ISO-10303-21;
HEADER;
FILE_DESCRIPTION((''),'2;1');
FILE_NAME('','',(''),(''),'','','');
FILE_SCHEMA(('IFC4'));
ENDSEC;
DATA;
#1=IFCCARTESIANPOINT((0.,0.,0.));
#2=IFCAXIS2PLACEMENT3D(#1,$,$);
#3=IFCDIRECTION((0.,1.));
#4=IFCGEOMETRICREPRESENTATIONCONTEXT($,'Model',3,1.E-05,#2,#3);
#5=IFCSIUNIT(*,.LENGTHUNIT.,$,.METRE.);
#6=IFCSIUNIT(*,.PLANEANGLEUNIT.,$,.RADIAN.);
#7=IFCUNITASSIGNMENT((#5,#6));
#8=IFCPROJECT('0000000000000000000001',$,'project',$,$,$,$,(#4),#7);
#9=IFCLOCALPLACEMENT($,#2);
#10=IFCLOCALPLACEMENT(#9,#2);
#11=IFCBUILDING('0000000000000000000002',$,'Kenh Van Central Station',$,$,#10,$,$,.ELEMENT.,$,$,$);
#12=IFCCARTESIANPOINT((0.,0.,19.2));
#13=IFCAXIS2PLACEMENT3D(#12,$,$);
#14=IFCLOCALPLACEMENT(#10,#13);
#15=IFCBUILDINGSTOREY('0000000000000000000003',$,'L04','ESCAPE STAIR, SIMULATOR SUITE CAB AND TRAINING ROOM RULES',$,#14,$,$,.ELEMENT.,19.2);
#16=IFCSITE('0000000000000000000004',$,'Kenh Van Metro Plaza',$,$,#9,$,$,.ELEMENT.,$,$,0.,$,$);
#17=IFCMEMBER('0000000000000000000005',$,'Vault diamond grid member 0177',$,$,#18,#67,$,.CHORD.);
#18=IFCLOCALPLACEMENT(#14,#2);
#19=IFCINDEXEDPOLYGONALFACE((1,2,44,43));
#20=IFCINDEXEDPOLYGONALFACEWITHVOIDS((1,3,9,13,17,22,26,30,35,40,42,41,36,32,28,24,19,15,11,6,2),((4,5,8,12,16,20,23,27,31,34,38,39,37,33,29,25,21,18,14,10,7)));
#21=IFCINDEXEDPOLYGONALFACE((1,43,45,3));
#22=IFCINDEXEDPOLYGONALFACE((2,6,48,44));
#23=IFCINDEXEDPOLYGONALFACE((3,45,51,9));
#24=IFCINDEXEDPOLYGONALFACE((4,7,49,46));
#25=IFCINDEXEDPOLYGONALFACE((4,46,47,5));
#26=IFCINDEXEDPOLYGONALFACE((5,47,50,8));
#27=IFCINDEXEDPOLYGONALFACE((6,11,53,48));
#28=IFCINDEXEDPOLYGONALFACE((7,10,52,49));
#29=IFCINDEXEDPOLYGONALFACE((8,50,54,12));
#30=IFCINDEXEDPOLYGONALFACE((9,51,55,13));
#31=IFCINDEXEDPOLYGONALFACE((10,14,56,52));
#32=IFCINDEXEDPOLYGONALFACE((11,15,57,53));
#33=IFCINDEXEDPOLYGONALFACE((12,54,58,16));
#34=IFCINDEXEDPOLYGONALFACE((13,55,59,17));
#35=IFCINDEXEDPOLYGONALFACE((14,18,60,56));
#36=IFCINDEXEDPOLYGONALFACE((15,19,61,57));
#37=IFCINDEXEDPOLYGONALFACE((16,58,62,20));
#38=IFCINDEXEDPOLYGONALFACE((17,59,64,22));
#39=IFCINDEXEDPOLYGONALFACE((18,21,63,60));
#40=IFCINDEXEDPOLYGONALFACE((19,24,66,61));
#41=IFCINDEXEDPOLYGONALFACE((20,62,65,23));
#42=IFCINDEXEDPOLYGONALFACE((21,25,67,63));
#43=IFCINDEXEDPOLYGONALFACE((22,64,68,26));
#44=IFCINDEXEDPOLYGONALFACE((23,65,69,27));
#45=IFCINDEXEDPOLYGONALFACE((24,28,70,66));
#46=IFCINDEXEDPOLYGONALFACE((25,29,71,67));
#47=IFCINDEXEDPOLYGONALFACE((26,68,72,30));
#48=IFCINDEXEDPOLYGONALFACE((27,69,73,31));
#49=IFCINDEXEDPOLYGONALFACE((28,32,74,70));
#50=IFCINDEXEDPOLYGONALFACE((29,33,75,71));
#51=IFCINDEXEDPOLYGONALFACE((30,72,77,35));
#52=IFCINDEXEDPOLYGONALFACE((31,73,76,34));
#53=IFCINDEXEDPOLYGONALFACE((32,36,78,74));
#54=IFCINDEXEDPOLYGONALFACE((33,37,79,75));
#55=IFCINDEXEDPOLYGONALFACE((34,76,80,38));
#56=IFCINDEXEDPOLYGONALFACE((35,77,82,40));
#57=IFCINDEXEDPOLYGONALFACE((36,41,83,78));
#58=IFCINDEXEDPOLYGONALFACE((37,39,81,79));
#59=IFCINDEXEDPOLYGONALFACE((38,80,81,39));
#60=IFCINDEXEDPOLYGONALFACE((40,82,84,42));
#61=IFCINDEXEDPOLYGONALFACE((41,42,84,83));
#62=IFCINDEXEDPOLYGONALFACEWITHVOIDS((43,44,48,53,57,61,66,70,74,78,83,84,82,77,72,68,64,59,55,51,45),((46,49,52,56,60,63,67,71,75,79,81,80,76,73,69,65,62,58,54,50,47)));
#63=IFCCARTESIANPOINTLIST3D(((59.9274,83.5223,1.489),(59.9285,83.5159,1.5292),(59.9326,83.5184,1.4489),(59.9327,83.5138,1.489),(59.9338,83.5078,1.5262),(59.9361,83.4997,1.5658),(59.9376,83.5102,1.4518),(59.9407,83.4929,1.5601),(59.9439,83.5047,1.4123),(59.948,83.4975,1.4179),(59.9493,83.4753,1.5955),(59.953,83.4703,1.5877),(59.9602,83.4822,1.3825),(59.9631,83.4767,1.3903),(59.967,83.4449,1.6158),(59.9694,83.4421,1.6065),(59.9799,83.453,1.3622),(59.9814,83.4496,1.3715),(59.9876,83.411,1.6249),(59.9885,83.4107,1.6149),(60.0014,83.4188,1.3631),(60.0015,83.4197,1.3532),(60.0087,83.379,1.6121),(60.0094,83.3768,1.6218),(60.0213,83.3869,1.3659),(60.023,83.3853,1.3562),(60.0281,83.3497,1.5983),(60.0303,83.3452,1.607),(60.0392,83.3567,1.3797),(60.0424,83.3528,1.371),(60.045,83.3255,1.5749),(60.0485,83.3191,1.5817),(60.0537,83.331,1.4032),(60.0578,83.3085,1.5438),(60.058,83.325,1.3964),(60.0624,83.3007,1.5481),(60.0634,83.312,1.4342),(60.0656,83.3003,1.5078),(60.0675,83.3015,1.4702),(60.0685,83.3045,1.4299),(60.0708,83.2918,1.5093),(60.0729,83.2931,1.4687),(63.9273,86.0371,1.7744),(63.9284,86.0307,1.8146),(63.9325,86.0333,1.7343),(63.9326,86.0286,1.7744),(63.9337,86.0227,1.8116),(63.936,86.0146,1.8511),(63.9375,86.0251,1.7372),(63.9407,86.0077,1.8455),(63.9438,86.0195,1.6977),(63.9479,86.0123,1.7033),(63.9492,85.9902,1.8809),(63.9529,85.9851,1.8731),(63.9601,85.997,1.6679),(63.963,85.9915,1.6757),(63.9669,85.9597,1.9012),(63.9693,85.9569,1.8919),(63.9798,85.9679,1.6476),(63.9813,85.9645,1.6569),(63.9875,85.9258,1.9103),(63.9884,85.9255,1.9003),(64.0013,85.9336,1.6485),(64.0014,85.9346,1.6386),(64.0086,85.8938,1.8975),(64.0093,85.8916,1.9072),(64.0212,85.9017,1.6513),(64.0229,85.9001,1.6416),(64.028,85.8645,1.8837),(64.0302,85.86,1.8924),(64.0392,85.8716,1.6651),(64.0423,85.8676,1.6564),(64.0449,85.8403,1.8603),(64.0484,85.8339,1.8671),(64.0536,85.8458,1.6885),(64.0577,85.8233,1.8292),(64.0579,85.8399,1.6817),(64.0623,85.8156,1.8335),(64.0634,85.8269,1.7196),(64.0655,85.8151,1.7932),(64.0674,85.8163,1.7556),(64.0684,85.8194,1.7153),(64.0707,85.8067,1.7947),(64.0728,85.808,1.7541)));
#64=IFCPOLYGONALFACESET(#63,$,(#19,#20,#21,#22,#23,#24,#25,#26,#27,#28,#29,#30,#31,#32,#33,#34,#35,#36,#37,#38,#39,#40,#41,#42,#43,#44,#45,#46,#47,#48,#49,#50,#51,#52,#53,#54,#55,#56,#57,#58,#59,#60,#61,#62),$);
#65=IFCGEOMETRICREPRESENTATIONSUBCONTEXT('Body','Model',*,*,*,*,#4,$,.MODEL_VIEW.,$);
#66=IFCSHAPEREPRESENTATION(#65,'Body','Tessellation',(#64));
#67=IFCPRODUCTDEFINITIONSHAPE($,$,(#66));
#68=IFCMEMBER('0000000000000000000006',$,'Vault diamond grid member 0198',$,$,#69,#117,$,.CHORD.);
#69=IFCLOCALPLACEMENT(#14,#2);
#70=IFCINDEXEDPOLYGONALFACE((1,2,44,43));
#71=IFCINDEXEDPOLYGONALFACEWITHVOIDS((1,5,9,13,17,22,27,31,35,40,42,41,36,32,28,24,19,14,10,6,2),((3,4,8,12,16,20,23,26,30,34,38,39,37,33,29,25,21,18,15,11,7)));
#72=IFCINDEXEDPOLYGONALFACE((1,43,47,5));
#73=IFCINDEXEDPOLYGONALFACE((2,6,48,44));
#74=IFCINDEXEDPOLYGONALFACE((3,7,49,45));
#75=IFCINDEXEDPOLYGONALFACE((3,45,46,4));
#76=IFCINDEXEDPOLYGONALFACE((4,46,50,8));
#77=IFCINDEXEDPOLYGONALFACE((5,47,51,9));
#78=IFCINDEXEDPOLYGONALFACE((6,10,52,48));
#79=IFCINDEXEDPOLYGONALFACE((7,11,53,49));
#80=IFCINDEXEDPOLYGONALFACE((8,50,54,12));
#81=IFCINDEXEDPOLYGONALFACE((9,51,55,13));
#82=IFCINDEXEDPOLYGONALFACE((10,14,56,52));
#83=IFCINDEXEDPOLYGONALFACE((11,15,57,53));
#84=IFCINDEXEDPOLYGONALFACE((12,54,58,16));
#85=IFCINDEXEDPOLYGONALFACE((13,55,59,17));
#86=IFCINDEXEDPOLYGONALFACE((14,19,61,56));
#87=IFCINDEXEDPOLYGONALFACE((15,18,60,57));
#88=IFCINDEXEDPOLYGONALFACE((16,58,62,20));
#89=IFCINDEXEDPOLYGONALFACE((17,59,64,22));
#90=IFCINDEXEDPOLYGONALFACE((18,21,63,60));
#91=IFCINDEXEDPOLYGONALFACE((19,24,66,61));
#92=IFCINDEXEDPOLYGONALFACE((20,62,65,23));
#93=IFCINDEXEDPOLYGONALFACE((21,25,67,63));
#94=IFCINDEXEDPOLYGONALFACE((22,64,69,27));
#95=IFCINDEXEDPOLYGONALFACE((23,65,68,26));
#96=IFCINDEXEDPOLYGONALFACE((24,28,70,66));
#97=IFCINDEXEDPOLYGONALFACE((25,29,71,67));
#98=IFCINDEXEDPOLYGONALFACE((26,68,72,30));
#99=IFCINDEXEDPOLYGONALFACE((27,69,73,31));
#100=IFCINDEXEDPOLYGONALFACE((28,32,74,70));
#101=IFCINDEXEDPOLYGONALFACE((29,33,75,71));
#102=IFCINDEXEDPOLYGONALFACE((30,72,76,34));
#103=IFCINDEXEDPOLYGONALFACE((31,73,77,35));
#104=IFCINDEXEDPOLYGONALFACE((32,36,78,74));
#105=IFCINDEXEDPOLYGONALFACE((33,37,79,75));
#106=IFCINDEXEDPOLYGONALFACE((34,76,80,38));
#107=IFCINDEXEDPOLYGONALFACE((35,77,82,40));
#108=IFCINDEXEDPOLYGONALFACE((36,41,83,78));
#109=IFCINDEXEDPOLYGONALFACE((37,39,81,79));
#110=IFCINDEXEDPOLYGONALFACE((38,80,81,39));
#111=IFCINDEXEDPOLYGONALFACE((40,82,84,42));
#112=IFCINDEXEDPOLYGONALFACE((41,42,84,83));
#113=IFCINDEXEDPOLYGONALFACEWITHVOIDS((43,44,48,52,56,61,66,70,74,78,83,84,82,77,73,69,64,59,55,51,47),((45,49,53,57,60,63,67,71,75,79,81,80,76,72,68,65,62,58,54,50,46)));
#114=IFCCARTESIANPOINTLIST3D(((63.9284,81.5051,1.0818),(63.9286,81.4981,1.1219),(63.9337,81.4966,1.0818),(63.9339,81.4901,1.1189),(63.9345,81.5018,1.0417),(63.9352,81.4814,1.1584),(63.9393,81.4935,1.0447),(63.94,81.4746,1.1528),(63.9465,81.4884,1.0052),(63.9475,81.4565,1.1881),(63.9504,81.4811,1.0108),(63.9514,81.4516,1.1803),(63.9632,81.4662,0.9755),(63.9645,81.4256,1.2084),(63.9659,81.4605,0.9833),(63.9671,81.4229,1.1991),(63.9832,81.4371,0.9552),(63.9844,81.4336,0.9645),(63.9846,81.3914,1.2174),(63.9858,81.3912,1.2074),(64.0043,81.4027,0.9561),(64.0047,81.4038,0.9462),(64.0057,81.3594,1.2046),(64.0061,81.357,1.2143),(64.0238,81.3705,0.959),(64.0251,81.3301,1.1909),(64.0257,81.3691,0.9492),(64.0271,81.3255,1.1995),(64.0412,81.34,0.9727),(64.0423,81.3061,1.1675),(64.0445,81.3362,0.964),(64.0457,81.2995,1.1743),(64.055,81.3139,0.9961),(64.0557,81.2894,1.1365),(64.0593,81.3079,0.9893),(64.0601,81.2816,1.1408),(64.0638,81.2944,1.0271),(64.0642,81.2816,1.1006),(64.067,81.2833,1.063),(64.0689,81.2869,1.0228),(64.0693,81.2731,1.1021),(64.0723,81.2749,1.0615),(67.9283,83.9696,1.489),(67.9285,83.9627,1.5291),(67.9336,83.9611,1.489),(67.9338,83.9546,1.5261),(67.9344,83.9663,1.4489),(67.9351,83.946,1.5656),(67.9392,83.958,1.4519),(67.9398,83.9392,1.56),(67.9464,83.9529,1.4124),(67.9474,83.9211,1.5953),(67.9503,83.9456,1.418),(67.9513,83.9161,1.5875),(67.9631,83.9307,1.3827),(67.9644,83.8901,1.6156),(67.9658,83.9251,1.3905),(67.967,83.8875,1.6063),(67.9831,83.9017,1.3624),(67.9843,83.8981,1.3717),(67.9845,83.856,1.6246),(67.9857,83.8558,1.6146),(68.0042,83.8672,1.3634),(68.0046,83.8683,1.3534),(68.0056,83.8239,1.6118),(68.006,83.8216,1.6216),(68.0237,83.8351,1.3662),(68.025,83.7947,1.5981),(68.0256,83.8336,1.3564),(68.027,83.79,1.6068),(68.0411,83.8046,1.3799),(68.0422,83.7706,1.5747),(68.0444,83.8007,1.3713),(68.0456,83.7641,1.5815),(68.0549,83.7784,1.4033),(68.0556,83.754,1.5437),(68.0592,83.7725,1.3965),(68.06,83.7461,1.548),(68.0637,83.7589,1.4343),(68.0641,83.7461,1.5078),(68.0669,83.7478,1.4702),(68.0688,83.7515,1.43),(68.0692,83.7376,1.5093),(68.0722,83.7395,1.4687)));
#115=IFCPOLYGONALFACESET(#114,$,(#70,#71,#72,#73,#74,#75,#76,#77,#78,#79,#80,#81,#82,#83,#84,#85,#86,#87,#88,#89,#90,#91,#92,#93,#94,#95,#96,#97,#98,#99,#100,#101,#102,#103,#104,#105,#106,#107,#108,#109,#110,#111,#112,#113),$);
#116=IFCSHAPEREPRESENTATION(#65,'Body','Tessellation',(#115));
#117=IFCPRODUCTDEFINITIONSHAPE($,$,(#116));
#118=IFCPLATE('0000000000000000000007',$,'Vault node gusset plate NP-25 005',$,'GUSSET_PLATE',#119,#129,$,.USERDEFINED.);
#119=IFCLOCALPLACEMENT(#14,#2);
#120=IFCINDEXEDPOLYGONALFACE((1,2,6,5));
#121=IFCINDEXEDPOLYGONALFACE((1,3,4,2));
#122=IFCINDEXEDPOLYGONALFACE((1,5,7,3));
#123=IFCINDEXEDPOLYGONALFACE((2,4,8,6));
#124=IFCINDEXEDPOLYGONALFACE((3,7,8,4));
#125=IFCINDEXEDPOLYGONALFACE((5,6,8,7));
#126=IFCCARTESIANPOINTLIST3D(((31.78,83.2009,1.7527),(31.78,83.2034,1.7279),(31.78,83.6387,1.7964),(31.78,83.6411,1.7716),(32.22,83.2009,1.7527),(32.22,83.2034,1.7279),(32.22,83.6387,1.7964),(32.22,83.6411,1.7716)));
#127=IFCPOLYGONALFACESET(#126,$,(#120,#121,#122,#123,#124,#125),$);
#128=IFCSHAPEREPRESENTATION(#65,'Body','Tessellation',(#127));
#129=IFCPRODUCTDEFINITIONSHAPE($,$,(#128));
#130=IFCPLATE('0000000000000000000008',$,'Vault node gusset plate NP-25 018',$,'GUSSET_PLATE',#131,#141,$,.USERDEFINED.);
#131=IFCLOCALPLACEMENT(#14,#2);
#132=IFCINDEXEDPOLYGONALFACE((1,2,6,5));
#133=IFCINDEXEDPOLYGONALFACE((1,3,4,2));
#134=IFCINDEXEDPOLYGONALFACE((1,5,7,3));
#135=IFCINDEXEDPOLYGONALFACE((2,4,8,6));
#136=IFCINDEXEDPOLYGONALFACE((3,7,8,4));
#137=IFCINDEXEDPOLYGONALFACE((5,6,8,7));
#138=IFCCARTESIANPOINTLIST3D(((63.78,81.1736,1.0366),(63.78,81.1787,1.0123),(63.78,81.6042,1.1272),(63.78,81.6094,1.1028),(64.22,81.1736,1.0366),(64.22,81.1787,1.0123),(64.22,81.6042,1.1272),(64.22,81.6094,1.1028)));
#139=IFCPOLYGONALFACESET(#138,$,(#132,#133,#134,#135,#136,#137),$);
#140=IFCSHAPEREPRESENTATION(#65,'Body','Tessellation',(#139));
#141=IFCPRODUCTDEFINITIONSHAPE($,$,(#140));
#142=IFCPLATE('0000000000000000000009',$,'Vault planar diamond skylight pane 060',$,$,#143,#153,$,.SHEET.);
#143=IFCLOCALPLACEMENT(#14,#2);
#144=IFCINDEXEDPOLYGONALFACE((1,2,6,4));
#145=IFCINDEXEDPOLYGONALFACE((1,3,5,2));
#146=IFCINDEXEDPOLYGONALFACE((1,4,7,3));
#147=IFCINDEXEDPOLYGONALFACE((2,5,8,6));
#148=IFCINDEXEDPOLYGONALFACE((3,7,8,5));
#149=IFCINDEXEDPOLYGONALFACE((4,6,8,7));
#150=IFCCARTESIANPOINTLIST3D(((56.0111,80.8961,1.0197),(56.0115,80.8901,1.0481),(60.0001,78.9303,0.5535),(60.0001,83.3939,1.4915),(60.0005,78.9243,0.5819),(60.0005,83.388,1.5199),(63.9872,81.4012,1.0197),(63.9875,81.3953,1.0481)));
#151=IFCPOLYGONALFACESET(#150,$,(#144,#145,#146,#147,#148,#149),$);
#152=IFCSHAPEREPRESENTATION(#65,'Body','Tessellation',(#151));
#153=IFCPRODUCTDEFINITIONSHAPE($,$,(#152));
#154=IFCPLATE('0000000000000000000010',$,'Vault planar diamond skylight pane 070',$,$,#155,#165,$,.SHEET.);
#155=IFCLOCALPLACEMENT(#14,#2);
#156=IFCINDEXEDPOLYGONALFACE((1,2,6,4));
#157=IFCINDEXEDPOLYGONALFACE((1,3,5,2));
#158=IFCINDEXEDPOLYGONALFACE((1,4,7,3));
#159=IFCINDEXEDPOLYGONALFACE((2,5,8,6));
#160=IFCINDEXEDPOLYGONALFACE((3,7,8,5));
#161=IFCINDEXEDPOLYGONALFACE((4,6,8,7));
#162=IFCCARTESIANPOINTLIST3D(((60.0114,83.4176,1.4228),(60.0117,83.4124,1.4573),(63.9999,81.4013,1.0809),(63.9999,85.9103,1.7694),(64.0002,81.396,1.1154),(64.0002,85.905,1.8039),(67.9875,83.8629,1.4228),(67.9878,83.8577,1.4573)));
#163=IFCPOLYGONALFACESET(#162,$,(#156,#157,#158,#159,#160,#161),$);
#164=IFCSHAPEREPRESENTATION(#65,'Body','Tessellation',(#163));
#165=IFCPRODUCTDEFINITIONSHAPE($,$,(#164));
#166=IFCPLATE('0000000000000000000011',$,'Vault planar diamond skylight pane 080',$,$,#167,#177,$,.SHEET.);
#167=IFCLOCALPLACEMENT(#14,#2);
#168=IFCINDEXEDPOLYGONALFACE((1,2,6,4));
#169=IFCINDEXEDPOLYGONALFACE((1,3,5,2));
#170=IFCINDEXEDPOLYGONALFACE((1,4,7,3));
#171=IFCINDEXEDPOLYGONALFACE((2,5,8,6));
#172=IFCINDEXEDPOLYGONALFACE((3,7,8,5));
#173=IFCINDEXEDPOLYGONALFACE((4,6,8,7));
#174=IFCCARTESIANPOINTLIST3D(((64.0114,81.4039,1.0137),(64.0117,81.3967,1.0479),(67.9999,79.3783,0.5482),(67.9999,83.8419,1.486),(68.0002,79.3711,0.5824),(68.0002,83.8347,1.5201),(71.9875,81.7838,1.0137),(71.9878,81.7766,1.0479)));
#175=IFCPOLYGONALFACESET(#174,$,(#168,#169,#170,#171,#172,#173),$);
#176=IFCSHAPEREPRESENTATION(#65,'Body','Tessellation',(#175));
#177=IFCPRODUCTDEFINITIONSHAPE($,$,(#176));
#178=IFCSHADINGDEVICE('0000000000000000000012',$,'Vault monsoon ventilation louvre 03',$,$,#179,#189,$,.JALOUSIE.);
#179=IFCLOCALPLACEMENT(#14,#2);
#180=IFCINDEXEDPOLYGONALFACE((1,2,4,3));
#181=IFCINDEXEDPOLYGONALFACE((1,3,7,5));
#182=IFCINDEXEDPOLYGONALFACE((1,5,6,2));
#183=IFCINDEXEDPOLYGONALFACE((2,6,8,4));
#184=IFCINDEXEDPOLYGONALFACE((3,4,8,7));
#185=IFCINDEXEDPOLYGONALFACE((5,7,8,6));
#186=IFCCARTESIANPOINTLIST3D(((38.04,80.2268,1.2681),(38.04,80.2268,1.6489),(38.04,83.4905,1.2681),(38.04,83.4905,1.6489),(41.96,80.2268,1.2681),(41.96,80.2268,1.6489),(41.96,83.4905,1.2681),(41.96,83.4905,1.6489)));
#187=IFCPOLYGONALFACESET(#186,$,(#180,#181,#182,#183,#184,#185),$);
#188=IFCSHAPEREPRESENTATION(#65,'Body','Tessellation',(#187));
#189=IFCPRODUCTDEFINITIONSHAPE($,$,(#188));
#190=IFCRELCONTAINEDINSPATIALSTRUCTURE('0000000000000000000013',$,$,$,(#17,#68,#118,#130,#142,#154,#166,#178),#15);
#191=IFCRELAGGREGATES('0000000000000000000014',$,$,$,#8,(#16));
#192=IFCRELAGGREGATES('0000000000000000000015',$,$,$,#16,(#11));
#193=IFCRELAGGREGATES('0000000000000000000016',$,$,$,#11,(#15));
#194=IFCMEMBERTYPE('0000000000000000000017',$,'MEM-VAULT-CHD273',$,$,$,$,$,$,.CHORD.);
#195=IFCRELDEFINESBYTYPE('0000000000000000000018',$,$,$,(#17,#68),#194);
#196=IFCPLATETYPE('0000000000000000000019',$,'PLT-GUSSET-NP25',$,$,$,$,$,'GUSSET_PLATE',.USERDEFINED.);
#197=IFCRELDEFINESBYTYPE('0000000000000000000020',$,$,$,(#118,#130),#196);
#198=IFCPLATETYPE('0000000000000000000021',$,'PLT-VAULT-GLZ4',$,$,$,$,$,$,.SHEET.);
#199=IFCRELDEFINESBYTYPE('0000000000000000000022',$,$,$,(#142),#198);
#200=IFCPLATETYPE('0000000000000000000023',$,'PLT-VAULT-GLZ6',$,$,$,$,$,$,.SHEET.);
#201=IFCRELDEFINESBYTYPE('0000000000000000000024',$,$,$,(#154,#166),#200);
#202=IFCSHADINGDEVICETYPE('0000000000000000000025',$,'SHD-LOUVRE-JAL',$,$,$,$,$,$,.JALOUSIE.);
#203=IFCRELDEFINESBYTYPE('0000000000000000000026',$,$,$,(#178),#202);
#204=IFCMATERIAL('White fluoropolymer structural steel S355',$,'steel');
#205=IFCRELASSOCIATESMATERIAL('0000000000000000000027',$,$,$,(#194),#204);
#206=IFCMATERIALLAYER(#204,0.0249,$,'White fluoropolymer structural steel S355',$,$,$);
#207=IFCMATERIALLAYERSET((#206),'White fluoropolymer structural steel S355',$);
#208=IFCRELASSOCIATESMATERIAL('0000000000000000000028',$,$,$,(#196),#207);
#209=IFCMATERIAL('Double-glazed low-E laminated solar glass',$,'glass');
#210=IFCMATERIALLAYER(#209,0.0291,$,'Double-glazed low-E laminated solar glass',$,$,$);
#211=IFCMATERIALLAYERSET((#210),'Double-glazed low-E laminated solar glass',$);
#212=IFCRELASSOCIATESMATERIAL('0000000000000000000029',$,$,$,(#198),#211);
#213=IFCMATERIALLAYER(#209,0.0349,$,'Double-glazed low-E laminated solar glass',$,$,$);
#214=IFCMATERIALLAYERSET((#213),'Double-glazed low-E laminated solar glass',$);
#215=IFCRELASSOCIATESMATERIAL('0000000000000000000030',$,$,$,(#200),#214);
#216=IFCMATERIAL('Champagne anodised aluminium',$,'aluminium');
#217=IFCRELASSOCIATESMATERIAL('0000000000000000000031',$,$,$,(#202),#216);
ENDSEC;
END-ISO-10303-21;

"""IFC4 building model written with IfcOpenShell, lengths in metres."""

from ifc_helpers import new_model, si_unit, direction, frame, origin, origin_2d, place, context, subcontext, project, spatial, polyline, rectangle, hollow_circle, outline, extrude, material, layer, layer_set, material_profile, profile_set, type_object, element, save


model = new_model("IFC4")

# Units and contexts
model_context = context("Model", 3, precision=1e-05, world=origin(), true_north=direction((0.0, 1.0)))
body_context = subcontext(model_context, "Body", "Model", "MODEL_VIEW")
ifc_project = project(units=[si_unit("LENGTHUNIT", "METRE"), si_unit("PLANEANGLEUNIT", "RADIAN")], contexts=[model_context])

# Site, building, storey
site_placement = place(None, origin())
site = spatial("IfcSite", under=ifc_project, at=site_placement, Name="Kenh Van Metro Plaza", CompositionType="ELEMENT", RefElevation=0.0)
building_placement = place(site_placement, origin())
building = spatial("IfcBuilding", under=site, at=building_placement, Name="Kenh Van Central Station", CompositionType="ELEMENT")
storey_placement = place(building_placement, frame((0.0, 0.0, 19.2)))
storey = spatial("IfcBuildingStorey", under=building, at=storey_placement, Name="L04", Description="ESCAPE STAIR, SIMULATOR SUITE CAB AND TRAINING ROOM RULES", CompositionType="ELEMENT", Elevation=19.2)

# Shared definitions
ifc_material_1 = material(Name="White fluoropolymer structural steel S355", Category="steel")

# Members
ifc_material_profile_1 = material_profile(ifc_material_1, hollow_circle(Radius=0.1365, WallThickness=0.01, at=origin_2d()), Name="CHS 273x10")
ifc_profile_set_1 = profile_set([ifc_material_profile_1], Name="White fluoropolymer structural steel S355")
member_type_1 = type_object("IfcMemberType", Name="MEM-VAULT-CHD273", PredefinedType="CHORD", material=ifc_profile_set_1)
member_1_placement = place(storey_placement, frame((60.0, 83.4067, 1.489), z_axis=(0.845038, 0.531295, 0.060294), x_axis=(-0.532264, 0.846579, 0.0)))
element("IfcMember", 1, at=member_1_placement, inside=storey, type_object=member_type_1, Name="Vault diamond grid member 0177", PredefinedType="CHORD", context=body_context, shape_type="SweptSolid", body=[
    extrude(hollow_circle(Radius=0.1365, WallThickness=0.01, at=origin_2d()), origin(), (0.0, 0.0, 1.0), 4.7334),
])
member_2_placement = place(storey_placement, frame((64.0, 81.3889, 1.0818), z_axis=(0.848187, 0.522611, 0.086351), x_axis=(-0.52457, 0.851367, 0.0)))
element("IfcMember", 2, at=member_2_placement, inside=storey, type_object=member_type_1, Name="Vault diamond grid member 0198", PredefinedType="CHORD", context=body_context, shape_type="SweptSolid", body=[
    extrude(hollow_circle(Radius=0.1365, WallThickness=0.01, at=origin_2d()), origin(), (0.0, 0.0, 1.0), 4.7158),
])

# Plates
ifc_layer_1 = layer(ifc_material_1, 0.0249, Name="White fluoropolymer structural steel S355")
ifc_layer_set_1 = layer_set([ifc_layer_1], Name="White fluoropolymer structural steel S355")
plate_type_1 = type_object("IfcPlateType", Name="PLT-GUSSET-NP25", ElementType="GUSSET_PLATE", PredefinedType="USERDEFINED", material=ifc_layer_set_1)
plate_1_placement = place(storey_placement, frame((31.78, 83.2009, 1.7527), z_axis=(0.0, -0.099339, 0.995054), x_axis=(1.0, 0.0, 0.0)))
element("IfcPlate", 3, at=plate_1_placement, inside=storey, type_object=plate_type_1, Name="Vault node gusset plate NP-25 005", ObjectType="GUSSET_PLATE", PredefinedType="USERDEFINED", context=body_context, shape_type="SweptSolid", body=[
    extrude(outline(polyline([(0.0, 0.0), (0.4399, 0.0), (0.4399, 0.4399), (0.0, 0.4399), (0.0, 0.0)])), origin(), (0.0, 0.0, -1.0), 0.0249),
])
plate_2_placement = place(storey_placement, frame((63.78, 81.1736, 1.0366), z_axis=(0.0, -0.205815, 0.978591), x_axis=(1.0, 0.0, 0.0)))
element("IfcPlate", 4, at=plate_2_placement, inside=storey, type_object=plate_type_1, Name="Vault node gusset plate NP-25 018", ObjectType="GUSSET_PLATE", PredefinedType="USERDEFINED", context=body_context, shape_type="SweptSolid", body=[
    extrude(outline(polyline([(0.0, 0.0), (0.4399, 0.0), (0.4399, 0.4401), (0.0, 0.4401), (0.0, 0.0)])), origin(), (0.0, 0.0, -1.0), 0.0249),
])
ifc_material_2 = material(Name="Double-glazed low-E laminated solar glass", Category="glass")
ifc_layer_2 = layer(ifc_material_2, 0.0291, Name="Double-glazed low-E laminated solar glass")
ifc_layer_set_2 = layer_set([ifc_layer_2], Name="Double-glazed low-E laminated solar glass")
plate_type_2 = type_object("IfcPlateType", Name="PLT-VAULT-GLZ4", PredefinedType="SHEET", material=ifc_layer_set_2)
plate_3_placement = place(storey_placement, frame((56.0115, 80.8901, 1.0481), z_axis=(0.013023, -0.205632, 0.978543), x_axis=(0.892106, -0.439632, -0.104257)))
element("IfcPlate", 5, at=plate_3_placement, inside=storey, type_object=plate_type_2, Name="Vault planar diamond skylight pane 060", PredefinedType="SHEET", context=body_context, shape_type="SweptSolid", body=[
    extrude(outline(polyline([(0.0, 0.0), (4.4715, 0.0), (6.8934, 4.0439), (2.4113, 4.0693), (0.0, 0.0)])), origin(), (0.0, 0.0, -1.0), 0.0291),
])
ifc_layer_3 = layer(ifc_material_2, 0.0349, Name="Double-glazed low-E laminated solar glass")
ifc_layer_set_3 = layer_set([ifc_layer_3], Name="Double-glazed low-E laminated solar glass")
plate_type_3 = type_object("IfcPlateType", Name="PLT-VAULT-GLZ6", PredefinedType="SHEET", material=ifc_layer_set_3)
plate_4_placement = place(storey_placement, frame((60.0117, 83.4124, 1.4573), z_axis=(0.008427, -0.150934, 0.988508), x_axis=(0.889842, -0.449848, -0.076272)))
element("IfcPlate", 6, at=plate_4_placement, inside=storey, type_object=plate_type_3, Name="Vault planar diamond skylight pane 070", PredefinedType="SHEET", context=body_context, shape_type="SweptSolid", body=[
    extrude(outline(polyline([(0.0, 0.0), (4.4823, 0.0), (6.8971, 4.0306), (2.4014, 4.059), (0.0, 0.0)])), origin(), (0.0, 0.0, -1.0), 0.0349),
])
plate_5_placement = place(storey_placement, frame((64.0117, 81.3967, 1.0479), z_axis=(0.009792, -0.205588, 0.97859), x_axis=(0.886819, -0.450379, -0.103492)))
element("IfcPlate", 7, at=plate_5_placement, inside=storey, type_object=plate_type_3, Name="Vault planar diamond skylight pane 080", PredefinedType="SHEET", context=body_context, shape_type="SweptSolid", body=[
    extrude(outline(polyline([(0.0, 0.0), (4.4976, 0.0), (6.9022, 4.0151), (2.3902, 4.045), (0.0, 0.0)])), origin(), (0.0, 0.0, -1.0), 0.0349),
])

# Shading device
ifc_material_3 = material(Name="Champagne anodised aluminium", Category="aluminium")
shading_device_type = type_object("IfcShadingDeviceType", Name="SHD-LOUVRE-JAL", PredefinedType="JALOUSIE", material=ifc_material_3)
for number, where, z_axis, x_axis, name in (
    (8, (40.0, 81.8586, 1.2681), (0.0, 0.0, 1.0), (1.0, 0.0, 0.0), "Vault monsoon ventilation louvre 03"),
):
    element("IfcShadingDevice", number, at=place(storey_placement, frame(where, z_axis=z_axis, x_axis=x_axis)), inside=storey, type_object=shading_device_type, Name=name, PredefinedType="JALOUSIE", context=body_context, shape_type="SweptSolid", body=[
        extrude(rectangle(XDim=3.9199, YDim=3.2637, at=origin_2d()), origin(), (0.0, 0.0, 1.0), 0.3809),
    ])

save(model, "model.ifc")
